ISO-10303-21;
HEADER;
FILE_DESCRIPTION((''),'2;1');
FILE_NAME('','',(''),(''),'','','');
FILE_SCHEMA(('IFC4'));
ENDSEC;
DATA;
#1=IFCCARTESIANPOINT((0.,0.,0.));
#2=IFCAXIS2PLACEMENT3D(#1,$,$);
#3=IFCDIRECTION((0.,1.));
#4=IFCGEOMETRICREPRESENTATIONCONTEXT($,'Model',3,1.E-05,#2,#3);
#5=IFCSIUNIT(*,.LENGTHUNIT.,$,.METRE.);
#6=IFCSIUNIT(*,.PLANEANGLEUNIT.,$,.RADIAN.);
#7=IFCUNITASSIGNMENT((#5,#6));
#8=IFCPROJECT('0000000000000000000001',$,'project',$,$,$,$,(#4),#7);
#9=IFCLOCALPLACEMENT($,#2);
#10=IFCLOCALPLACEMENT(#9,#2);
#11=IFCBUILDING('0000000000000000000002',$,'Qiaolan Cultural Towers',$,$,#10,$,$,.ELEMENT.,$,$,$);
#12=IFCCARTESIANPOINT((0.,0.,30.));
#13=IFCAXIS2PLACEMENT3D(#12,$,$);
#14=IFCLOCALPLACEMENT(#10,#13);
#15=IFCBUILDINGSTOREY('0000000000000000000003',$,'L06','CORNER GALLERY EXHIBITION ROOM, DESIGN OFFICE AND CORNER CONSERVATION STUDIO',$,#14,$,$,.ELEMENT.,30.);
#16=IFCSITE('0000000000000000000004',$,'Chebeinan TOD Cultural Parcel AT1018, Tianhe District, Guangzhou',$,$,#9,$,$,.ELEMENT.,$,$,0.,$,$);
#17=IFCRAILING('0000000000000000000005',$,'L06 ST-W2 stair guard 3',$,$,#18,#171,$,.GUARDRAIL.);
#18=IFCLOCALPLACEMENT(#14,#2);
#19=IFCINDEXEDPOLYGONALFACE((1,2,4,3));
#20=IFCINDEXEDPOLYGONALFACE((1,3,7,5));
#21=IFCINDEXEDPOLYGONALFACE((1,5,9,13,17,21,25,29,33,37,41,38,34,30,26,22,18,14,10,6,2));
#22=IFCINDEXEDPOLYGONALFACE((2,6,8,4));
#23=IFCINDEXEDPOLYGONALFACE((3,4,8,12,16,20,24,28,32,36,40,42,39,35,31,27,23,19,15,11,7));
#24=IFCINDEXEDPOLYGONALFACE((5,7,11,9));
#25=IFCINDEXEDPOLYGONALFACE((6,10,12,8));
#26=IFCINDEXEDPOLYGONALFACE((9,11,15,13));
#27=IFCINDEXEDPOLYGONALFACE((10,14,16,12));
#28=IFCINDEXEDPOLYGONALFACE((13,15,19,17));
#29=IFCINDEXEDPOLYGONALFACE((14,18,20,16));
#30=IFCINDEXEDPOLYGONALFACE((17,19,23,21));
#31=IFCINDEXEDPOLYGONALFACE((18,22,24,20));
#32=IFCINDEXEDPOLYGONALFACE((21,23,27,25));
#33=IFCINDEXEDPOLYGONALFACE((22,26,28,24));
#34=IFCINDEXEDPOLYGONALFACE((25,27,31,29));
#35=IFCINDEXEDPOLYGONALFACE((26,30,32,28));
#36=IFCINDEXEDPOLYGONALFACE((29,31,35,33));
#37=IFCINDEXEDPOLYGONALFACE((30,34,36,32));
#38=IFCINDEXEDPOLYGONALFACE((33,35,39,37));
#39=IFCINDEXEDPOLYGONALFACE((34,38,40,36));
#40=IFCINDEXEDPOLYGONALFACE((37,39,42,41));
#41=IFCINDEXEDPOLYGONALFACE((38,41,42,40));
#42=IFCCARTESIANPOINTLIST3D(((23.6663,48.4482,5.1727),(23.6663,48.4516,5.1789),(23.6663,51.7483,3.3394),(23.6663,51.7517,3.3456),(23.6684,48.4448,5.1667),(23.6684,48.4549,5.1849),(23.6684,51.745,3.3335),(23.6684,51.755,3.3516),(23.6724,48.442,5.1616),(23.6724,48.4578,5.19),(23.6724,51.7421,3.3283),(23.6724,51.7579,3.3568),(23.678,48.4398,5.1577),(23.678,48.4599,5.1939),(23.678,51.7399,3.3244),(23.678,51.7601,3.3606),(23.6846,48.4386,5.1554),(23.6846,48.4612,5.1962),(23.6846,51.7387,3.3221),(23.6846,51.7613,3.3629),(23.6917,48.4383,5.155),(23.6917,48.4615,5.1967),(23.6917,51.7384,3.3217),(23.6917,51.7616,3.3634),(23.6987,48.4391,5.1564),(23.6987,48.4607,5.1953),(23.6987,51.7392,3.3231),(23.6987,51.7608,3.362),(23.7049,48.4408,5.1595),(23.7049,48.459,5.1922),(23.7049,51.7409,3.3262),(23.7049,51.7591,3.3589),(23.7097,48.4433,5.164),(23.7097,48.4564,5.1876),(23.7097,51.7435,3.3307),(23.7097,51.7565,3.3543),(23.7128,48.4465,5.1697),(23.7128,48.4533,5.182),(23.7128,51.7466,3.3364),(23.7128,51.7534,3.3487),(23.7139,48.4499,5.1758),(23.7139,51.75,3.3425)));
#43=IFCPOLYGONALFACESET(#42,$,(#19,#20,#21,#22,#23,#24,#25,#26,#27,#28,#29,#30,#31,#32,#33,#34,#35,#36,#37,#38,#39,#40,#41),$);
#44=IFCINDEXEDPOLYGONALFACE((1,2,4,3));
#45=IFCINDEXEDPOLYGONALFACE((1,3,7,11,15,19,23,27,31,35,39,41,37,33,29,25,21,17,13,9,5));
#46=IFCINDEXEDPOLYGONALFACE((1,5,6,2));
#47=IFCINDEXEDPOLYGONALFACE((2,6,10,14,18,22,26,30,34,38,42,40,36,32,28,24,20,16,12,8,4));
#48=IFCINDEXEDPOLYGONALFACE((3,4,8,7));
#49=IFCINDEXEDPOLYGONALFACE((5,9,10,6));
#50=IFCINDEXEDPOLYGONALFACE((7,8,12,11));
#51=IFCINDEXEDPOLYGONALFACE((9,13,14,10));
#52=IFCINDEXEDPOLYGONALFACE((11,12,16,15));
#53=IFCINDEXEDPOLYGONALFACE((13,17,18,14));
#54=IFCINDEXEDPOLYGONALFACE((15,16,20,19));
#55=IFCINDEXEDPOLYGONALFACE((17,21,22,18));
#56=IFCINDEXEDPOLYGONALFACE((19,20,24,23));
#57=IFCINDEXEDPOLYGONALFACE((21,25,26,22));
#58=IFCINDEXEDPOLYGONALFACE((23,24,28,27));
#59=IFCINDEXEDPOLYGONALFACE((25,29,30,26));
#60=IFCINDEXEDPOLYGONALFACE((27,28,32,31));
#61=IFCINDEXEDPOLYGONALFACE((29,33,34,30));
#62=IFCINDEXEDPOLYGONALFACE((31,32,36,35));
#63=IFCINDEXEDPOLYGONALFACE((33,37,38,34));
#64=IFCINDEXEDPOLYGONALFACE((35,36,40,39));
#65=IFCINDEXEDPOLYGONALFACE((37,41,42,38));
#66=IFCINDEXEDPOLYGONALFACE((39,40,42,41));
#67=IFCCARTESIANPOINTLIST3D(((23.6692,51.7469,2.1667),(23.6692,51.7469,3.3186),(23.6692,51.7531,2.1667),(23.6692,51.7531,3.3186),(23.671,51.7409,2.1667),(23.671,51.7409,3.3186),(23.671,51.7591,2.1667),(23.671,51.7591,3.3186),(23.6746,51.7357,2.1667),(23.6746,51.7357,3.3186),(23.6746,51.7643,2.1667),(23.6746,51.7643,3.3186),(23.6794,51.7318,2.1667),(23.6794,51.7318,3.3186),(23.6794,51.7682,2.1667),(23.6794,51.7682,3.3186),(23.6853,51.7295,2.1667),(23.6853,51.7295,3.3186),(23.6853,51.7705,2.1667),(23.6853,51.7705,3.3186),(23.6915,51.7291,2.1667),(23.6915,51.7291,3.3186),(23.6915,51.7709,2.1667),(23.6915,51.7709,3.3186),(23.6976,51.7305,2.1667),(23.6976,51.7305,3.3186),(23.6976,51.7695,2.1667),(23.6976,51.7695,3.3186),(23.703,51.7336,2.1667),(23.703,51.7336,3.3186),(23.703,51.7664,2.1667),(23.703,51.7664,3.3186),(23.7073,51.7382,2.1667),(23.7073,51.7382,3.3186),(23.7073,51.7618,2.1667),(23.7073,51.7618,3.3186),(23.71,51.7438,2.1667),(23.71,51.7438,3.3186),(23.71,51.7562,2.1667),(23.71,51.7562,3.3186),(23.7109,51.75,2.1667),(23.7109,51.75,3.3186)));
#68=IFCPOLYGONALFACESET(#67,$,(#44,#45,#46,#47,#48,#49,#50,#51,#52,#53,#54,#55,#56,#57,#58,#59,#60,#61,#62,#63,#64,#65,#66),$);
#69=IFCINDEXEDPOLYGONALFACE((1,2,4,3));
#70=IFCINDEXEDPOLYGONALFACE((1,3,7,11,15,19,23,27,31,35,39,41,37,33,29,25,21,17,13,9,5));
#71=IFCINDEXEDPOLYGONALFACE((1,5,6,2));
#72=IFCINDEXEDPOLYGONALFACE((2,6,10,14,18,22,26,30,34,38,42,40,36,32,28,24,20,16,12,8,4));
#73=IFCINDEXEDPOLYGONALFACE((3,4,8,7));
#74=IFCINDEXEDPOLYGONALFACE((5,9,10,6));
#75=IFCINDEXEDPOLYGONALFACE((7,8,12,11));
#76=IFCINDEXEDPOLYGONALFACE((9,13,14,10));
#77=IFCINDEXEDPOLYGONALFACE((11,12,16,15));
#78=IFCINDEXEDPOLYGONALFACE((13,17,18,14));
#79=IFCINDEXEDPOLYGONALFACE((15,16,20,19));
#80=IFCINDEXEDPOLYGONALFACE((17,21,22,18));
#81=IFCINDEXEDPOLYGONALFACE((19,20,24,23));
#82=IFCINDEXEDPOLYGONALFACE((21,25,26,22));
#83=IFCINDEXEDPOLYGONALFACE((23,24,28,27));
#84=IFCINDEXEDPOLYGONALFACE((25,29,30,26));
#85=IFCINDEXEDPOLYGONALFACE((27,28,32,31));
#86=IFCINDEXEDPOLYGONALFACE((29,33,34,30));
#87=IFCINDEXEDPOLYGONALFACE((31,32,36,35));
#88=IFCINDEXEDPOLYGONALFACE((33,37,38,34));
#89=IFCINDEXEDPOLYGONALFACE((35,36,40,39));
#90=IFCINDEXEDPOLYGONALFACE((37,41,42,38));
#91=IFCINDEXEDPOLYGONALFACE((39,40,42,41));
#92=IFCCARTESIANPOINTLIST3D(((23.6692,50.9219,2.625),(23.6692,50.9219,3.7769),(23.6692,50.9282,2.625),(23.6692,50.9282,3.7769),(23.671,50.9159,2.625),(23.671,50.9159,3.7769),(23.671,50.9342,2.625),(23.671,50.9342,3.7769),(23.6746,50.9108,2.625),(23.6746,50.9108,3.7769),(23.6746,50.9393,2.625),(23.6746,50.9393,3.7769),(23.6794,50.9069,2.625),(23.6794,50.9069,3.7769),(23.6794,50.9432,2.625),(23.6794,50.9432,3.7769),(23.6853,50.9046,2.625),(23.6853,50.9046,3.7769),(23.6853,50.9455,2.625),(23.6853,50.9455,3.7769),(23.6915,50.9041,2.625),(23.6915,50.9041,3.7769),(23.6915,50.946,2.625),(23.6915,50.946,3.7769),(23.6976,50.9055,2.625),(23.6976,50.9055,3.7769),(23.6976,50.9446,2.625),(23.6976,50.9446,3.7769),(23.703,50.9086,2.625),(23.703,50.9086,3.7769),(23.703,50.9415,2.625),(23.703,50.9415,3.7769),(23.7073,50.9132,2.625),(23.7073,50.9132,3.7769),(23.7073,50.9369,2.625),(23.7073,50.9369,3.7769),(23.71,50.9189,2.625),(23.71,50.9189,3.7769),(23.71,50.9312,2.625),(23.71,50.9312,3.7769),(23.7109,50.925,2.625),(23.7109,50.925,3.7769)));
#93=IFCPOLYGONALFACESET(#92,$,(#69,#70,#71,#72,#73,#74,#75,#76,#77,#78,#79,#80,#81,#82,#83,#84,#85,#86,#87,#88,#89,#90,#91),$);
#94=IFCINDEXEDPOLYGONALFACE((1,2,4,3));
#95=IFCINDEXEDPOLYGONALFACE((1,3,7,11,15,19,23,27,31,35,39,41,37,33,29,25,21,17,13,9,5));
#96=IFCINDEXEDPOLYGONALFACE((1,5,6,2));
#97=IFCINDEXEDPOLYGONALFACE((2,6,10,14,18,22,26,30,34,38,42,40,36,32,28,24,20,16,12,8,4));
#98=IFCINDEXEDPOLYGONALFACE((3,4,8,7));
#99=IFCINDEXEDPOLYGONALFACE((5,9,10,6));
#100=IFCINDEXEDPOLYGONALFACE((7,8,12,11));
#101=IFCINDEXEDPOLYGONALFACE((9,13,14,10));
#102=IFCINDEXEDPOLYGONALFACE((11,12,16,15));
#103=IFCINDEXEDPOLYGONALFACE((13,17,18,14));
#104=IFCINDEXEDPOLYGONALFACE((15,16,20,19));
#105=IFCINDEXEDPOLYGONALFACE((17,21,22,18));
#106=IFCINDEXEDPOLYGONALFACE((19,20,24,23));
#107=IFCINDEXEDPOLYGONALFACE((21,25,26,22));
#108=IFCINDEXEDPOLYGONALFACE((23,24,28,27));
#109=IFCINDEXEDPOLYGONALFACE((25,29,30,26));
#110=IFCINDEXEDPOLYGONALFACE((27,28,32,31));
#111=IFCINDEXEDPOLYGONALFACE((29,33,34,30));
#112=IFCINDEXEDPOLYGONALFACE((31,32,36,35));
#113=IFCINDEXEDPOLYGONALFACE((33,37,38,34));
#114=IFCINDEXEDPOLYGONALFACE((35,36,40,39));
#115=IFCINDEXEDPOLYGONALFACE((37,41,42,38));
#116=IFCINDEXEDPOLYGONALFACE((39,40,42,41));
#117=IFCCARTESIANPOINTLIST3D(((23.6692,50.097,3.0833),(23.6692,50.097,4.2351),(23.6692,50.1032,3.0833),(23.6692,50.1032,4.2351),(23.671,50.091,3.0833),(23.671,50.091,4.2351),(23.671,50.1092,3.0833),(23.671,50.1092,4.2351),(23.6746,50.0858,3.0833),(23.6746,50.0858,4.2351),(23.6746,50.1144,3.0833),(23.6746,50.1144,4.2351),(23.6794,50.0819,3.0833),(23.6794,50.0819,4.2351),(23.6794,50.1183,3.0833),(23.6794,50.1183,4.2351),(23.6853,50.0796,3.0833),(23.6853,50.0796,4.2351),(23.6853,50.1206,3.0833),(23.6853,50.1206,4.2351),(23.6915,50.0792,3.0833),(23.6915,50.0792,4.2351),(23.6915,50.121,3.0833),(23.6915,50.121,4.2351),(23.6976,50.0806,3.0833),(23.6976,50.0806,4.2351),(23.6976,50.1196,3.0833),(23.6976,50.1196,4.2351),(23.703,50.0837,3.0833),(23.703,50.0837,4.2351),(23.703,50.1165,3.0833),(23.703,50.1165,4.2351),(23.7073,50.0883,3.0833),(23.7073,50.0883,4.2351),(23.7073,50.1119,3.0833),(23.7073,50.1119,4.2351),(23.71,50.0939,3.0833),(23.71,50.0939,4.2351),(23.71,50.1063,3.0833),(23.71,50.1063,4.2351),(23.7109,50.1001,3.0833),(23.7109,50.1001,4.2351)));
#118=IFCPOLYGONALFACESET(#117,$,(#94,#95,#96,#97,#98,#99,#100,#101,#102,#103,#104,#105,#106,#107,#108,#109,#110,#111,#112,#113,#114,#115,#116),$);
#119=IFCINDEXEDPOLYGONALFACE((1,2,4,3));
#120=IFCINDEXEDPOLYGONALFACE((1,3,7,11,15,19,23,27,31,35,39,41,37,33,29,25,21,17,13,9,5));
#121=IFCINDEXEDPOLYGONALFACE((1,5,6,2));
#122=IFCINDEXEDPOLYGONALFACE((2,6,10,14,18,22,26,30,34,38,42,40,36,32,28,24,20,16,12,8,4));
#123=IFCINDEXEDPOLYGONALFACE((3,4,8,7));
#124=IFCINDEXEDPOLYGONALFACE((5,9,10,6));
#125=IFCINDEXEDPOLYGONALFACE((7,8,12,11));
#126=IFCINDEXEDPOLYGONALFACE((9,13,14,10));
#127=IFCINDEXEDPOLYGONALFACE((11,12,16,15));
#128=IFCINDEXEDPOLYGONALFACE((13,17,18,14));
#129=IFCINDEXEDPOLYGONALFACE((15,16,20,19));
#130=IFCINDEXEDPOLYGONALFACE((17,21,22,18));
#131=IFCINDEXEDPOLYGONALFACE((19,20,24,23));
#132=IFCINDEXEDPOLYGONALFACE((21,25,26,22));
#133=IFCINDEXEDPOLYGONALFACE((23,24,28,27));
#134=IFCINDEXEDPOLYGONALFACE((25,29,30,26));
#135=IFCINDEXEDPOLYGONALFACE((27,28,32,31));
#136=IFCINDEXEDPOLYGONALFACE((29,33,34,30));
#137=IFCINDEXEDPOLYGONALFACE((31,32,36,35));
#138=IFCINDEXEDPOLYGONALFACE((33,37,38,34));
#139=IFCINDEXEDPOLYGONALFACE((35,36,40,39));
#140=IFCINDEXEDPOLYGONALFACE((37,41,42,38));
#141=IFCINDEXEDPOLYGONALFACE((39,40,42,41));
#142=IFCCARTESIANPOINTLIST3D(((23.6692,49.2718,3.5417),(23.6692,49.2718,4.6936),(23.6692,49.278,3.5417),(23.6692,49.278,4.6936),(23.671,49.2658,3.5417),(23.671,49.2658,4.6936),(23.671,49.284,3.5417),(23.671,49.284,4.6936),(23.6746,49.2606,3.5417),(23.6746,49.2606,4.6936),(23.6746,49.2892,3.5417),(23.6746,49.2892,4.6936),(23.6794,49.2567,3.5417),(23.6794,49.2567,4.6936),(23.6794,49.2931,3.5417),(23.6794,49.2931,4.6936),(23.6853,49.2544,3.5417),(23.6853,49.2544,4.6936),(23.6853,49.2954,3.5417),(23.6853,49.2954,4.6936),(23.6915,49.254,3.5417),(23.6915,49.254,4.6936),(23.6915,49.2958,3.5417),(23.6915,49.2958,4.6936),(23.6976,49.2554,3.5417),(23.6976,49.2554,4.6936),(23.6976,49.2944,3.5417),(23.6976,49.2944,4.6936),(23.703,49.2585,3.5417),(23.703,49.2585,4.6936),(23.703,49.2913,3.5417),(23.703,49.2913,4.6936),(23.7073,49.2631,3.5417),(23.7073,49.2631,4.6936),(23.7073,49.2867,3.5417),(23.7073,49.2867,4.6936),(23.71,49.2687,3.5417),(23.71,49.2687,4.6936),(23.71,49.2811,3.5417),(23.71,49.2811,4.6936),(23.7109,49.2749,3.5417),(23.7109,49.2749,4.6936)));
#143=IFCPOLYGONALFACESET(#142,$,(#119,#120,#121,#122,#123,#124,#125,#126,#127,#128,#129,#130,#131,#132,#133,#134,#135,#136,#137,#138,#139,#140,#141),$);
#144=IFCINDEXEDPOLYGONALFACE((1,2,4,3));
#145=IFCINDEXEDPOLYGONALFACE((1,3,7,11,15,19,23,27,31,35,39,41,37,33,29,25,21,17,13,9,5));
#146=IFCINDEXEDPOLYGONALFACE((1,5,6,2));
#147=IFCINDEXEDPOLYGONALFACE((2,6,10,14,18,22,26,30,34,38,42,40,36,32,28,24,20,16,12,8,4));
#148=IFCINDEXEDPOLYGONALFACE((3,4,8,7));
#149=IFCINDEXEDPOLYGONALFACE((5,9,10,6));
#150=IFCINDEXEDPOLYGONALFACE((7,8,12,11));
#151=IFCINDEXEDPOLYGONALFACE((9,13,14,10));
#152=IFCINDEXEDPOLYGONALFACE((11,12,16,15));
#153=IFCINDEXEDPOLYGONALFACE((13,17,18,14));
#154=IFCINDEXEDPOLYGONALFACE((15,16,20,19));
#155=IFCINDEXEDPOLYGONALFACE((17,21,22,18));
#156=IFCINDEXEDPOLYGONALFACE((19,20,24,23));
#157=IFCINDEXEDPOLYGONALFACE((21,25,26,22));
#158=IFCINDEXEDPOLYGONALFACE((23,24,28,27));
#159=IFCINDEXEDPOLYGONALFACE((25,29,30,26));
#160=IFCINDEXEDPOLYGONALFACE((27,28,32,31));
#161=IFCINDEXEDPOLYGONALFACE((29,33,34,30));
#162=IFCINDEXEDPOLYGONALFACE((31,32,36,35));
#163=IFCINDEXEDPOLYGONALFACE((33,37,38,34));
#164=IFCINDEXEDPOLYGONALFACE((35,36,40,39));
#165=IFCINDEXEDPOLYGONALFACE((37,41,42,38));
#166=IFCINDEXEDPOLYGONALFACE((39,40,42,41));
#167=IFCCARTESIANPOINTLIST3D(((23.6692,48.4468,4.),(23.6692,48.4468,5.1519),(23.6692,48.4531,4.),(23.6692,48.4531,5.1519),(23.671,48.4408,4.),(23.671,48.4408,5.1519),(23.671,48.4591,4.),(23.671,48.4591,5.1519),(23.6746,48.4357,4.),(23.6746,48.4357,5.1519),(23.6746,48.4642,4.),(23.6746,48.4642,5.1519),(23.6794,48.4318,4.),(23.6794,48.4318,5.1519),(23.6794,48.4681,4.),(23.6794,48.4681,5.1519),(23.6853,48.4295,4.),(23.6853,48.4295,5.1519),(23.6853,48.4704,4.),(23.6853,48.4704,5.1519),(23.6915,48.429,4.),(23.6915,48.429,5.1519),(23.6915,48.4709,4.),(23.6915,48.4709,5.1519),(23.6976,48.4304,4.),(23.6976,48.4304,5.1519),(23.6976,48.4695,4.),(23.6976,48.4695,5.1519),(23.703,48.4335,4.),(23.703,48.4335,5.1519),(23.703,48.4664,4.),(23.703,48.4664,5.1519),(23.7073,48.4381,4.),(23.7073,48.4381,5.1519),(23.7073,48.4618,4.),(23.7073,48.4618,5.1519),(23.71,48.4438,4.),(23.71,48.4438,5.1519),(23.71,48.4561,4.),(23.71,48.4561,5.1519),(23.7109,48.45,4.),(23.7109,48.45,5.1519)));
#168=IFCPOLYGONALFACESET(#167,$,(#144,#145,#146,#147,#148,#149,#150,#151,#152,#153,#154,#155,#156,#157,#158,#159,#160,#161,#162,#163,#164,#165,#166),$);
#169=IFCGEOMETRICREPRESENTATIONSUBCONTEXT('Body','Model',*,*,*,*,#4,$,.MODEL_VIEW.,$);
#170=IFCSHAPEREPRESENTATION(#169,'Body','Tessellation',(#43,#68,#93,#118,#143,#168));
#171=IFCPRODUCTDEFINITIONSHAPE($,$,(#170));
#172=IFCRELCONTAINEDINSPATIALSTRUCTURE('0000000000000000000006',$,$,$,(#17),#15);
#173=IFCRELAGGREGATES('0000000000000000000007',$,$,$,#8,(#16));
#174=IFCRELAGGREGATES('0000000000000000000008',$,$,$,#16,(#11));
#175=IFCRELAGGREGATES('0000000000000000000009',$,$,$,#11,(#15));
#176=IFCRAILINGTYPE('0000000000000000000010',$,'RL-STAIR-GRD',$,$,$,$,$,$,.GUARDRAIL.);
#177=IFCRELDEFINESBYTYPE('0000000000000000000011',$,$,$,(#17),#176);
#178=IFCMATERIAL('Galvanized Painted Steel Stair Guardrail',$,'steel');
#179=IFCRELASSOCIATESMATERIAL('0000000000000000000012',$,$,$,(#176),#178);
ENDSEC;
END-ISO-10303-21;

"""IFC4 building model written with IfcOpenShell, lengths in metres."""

from ifc_helpers import new_model, si_unit, direction, frame, origin, origin_2d, place, context, subcontext, project, spatial, circle, extrude, material, type_object, element, save


model = new_model("IFC4")

# Units and contexts
model_context = context("Model", 3, precision=1e-05, world=origin(), true_north=direction((0.0, 1.0)))
body_context = subcontext(model_context, "Body", "Model", "MODEL_VIEW")
ifc_project = project(units=[si_unit("LENGTHUNIT", "METRE"), si_unit("PLANEANGLEUNIT", "RADIAN")], contexts=[model_context])

# Site, building, storey
site_placement = place(None, origin())
site = spatial("IfcSite", under=ifc_project, at=site_placement, Name="Chebeinan TOD Cultural Parcel AT1018, Tianhe District, Guangzhou", CompositionType="ELEMENT", RefElevation=0.0)
building_placement = place(site_placement, origin())
building = spatial("IfcBuilding", under=site, at=building_placement, Name="Qiaolan Cultural Towers", CompositionType="ELEMENT")
storey_placement = place(building_placement, frame((0.0, 0.0, 30.0)))
storey = spatial("IfcBuildingStorey", under=building, at=storey_placement, Name="L06", Description="CORNER GALLERY EXHIBITION ROOM, DESIGN OFFICE AND CORNER CONSERVATION STUDIO", CompositionType="ELEMENT", Elevation=30.0)

# Railing
ifc_material_1 = material(Name="Galvanized Painted Steel Stair Guardrail", Category="steel")
railing_type_1 = type_object("IfcRailingType", Name="RL-STAIR-GRD", PredefinedType="GUARDRAIL", material=ifc_material_1)
railing_1_placement = place(storey_placement, frame((23.6899, 51.75, 2.1667)))
element("IfcRailing", 1, at=railing_1_placement, inside=storey, type_object=railing_type_1, Name="L06 ST-W2 stair guard 3", PredefinedType="GUARDRAIL", context=body_context, shape_type="SweptSolid", body=[
    extrude(circle(Radius=0.0239, at=origin_2d()), frame((0.0, 0.0, 1.1758), z_axis=(0.0, -0.874169, 0.485621), x_axis=(1.0, 0.0, 0.0)), (0.0, 0.0, 1.0), 3.7751),
    extrude(circle(Radius=0.021, at=origin_2d()), origin(), (0.0, 0.0, 1.0), 1.1519),
    extrude(circle(Radius=0.021, at=origin_2d()), frame((0.0, -0.825, 0.4583)), (0.0, 0.0, 1.0), 1.1519),
    extrude(circle(Radius=0.021, at=origin_2d()), frame((0.0, -1.6499, 0.9165)), (0.0, 0.0, 1.0), 1.1519),
    extrude(circle(Radius=0.021, at=origin_2d()), frame((0.0, -2.4751, 1.375)), (0.0, 0.0, 1.0), 1.1519),
    extrude(circle(Radius=0.021, at=origin_2d()), frame((0.0, -3.3, 1.8333)), (0.0, 0.0, 1.0), 1.1519),
])

save(model, "model.ifc")
